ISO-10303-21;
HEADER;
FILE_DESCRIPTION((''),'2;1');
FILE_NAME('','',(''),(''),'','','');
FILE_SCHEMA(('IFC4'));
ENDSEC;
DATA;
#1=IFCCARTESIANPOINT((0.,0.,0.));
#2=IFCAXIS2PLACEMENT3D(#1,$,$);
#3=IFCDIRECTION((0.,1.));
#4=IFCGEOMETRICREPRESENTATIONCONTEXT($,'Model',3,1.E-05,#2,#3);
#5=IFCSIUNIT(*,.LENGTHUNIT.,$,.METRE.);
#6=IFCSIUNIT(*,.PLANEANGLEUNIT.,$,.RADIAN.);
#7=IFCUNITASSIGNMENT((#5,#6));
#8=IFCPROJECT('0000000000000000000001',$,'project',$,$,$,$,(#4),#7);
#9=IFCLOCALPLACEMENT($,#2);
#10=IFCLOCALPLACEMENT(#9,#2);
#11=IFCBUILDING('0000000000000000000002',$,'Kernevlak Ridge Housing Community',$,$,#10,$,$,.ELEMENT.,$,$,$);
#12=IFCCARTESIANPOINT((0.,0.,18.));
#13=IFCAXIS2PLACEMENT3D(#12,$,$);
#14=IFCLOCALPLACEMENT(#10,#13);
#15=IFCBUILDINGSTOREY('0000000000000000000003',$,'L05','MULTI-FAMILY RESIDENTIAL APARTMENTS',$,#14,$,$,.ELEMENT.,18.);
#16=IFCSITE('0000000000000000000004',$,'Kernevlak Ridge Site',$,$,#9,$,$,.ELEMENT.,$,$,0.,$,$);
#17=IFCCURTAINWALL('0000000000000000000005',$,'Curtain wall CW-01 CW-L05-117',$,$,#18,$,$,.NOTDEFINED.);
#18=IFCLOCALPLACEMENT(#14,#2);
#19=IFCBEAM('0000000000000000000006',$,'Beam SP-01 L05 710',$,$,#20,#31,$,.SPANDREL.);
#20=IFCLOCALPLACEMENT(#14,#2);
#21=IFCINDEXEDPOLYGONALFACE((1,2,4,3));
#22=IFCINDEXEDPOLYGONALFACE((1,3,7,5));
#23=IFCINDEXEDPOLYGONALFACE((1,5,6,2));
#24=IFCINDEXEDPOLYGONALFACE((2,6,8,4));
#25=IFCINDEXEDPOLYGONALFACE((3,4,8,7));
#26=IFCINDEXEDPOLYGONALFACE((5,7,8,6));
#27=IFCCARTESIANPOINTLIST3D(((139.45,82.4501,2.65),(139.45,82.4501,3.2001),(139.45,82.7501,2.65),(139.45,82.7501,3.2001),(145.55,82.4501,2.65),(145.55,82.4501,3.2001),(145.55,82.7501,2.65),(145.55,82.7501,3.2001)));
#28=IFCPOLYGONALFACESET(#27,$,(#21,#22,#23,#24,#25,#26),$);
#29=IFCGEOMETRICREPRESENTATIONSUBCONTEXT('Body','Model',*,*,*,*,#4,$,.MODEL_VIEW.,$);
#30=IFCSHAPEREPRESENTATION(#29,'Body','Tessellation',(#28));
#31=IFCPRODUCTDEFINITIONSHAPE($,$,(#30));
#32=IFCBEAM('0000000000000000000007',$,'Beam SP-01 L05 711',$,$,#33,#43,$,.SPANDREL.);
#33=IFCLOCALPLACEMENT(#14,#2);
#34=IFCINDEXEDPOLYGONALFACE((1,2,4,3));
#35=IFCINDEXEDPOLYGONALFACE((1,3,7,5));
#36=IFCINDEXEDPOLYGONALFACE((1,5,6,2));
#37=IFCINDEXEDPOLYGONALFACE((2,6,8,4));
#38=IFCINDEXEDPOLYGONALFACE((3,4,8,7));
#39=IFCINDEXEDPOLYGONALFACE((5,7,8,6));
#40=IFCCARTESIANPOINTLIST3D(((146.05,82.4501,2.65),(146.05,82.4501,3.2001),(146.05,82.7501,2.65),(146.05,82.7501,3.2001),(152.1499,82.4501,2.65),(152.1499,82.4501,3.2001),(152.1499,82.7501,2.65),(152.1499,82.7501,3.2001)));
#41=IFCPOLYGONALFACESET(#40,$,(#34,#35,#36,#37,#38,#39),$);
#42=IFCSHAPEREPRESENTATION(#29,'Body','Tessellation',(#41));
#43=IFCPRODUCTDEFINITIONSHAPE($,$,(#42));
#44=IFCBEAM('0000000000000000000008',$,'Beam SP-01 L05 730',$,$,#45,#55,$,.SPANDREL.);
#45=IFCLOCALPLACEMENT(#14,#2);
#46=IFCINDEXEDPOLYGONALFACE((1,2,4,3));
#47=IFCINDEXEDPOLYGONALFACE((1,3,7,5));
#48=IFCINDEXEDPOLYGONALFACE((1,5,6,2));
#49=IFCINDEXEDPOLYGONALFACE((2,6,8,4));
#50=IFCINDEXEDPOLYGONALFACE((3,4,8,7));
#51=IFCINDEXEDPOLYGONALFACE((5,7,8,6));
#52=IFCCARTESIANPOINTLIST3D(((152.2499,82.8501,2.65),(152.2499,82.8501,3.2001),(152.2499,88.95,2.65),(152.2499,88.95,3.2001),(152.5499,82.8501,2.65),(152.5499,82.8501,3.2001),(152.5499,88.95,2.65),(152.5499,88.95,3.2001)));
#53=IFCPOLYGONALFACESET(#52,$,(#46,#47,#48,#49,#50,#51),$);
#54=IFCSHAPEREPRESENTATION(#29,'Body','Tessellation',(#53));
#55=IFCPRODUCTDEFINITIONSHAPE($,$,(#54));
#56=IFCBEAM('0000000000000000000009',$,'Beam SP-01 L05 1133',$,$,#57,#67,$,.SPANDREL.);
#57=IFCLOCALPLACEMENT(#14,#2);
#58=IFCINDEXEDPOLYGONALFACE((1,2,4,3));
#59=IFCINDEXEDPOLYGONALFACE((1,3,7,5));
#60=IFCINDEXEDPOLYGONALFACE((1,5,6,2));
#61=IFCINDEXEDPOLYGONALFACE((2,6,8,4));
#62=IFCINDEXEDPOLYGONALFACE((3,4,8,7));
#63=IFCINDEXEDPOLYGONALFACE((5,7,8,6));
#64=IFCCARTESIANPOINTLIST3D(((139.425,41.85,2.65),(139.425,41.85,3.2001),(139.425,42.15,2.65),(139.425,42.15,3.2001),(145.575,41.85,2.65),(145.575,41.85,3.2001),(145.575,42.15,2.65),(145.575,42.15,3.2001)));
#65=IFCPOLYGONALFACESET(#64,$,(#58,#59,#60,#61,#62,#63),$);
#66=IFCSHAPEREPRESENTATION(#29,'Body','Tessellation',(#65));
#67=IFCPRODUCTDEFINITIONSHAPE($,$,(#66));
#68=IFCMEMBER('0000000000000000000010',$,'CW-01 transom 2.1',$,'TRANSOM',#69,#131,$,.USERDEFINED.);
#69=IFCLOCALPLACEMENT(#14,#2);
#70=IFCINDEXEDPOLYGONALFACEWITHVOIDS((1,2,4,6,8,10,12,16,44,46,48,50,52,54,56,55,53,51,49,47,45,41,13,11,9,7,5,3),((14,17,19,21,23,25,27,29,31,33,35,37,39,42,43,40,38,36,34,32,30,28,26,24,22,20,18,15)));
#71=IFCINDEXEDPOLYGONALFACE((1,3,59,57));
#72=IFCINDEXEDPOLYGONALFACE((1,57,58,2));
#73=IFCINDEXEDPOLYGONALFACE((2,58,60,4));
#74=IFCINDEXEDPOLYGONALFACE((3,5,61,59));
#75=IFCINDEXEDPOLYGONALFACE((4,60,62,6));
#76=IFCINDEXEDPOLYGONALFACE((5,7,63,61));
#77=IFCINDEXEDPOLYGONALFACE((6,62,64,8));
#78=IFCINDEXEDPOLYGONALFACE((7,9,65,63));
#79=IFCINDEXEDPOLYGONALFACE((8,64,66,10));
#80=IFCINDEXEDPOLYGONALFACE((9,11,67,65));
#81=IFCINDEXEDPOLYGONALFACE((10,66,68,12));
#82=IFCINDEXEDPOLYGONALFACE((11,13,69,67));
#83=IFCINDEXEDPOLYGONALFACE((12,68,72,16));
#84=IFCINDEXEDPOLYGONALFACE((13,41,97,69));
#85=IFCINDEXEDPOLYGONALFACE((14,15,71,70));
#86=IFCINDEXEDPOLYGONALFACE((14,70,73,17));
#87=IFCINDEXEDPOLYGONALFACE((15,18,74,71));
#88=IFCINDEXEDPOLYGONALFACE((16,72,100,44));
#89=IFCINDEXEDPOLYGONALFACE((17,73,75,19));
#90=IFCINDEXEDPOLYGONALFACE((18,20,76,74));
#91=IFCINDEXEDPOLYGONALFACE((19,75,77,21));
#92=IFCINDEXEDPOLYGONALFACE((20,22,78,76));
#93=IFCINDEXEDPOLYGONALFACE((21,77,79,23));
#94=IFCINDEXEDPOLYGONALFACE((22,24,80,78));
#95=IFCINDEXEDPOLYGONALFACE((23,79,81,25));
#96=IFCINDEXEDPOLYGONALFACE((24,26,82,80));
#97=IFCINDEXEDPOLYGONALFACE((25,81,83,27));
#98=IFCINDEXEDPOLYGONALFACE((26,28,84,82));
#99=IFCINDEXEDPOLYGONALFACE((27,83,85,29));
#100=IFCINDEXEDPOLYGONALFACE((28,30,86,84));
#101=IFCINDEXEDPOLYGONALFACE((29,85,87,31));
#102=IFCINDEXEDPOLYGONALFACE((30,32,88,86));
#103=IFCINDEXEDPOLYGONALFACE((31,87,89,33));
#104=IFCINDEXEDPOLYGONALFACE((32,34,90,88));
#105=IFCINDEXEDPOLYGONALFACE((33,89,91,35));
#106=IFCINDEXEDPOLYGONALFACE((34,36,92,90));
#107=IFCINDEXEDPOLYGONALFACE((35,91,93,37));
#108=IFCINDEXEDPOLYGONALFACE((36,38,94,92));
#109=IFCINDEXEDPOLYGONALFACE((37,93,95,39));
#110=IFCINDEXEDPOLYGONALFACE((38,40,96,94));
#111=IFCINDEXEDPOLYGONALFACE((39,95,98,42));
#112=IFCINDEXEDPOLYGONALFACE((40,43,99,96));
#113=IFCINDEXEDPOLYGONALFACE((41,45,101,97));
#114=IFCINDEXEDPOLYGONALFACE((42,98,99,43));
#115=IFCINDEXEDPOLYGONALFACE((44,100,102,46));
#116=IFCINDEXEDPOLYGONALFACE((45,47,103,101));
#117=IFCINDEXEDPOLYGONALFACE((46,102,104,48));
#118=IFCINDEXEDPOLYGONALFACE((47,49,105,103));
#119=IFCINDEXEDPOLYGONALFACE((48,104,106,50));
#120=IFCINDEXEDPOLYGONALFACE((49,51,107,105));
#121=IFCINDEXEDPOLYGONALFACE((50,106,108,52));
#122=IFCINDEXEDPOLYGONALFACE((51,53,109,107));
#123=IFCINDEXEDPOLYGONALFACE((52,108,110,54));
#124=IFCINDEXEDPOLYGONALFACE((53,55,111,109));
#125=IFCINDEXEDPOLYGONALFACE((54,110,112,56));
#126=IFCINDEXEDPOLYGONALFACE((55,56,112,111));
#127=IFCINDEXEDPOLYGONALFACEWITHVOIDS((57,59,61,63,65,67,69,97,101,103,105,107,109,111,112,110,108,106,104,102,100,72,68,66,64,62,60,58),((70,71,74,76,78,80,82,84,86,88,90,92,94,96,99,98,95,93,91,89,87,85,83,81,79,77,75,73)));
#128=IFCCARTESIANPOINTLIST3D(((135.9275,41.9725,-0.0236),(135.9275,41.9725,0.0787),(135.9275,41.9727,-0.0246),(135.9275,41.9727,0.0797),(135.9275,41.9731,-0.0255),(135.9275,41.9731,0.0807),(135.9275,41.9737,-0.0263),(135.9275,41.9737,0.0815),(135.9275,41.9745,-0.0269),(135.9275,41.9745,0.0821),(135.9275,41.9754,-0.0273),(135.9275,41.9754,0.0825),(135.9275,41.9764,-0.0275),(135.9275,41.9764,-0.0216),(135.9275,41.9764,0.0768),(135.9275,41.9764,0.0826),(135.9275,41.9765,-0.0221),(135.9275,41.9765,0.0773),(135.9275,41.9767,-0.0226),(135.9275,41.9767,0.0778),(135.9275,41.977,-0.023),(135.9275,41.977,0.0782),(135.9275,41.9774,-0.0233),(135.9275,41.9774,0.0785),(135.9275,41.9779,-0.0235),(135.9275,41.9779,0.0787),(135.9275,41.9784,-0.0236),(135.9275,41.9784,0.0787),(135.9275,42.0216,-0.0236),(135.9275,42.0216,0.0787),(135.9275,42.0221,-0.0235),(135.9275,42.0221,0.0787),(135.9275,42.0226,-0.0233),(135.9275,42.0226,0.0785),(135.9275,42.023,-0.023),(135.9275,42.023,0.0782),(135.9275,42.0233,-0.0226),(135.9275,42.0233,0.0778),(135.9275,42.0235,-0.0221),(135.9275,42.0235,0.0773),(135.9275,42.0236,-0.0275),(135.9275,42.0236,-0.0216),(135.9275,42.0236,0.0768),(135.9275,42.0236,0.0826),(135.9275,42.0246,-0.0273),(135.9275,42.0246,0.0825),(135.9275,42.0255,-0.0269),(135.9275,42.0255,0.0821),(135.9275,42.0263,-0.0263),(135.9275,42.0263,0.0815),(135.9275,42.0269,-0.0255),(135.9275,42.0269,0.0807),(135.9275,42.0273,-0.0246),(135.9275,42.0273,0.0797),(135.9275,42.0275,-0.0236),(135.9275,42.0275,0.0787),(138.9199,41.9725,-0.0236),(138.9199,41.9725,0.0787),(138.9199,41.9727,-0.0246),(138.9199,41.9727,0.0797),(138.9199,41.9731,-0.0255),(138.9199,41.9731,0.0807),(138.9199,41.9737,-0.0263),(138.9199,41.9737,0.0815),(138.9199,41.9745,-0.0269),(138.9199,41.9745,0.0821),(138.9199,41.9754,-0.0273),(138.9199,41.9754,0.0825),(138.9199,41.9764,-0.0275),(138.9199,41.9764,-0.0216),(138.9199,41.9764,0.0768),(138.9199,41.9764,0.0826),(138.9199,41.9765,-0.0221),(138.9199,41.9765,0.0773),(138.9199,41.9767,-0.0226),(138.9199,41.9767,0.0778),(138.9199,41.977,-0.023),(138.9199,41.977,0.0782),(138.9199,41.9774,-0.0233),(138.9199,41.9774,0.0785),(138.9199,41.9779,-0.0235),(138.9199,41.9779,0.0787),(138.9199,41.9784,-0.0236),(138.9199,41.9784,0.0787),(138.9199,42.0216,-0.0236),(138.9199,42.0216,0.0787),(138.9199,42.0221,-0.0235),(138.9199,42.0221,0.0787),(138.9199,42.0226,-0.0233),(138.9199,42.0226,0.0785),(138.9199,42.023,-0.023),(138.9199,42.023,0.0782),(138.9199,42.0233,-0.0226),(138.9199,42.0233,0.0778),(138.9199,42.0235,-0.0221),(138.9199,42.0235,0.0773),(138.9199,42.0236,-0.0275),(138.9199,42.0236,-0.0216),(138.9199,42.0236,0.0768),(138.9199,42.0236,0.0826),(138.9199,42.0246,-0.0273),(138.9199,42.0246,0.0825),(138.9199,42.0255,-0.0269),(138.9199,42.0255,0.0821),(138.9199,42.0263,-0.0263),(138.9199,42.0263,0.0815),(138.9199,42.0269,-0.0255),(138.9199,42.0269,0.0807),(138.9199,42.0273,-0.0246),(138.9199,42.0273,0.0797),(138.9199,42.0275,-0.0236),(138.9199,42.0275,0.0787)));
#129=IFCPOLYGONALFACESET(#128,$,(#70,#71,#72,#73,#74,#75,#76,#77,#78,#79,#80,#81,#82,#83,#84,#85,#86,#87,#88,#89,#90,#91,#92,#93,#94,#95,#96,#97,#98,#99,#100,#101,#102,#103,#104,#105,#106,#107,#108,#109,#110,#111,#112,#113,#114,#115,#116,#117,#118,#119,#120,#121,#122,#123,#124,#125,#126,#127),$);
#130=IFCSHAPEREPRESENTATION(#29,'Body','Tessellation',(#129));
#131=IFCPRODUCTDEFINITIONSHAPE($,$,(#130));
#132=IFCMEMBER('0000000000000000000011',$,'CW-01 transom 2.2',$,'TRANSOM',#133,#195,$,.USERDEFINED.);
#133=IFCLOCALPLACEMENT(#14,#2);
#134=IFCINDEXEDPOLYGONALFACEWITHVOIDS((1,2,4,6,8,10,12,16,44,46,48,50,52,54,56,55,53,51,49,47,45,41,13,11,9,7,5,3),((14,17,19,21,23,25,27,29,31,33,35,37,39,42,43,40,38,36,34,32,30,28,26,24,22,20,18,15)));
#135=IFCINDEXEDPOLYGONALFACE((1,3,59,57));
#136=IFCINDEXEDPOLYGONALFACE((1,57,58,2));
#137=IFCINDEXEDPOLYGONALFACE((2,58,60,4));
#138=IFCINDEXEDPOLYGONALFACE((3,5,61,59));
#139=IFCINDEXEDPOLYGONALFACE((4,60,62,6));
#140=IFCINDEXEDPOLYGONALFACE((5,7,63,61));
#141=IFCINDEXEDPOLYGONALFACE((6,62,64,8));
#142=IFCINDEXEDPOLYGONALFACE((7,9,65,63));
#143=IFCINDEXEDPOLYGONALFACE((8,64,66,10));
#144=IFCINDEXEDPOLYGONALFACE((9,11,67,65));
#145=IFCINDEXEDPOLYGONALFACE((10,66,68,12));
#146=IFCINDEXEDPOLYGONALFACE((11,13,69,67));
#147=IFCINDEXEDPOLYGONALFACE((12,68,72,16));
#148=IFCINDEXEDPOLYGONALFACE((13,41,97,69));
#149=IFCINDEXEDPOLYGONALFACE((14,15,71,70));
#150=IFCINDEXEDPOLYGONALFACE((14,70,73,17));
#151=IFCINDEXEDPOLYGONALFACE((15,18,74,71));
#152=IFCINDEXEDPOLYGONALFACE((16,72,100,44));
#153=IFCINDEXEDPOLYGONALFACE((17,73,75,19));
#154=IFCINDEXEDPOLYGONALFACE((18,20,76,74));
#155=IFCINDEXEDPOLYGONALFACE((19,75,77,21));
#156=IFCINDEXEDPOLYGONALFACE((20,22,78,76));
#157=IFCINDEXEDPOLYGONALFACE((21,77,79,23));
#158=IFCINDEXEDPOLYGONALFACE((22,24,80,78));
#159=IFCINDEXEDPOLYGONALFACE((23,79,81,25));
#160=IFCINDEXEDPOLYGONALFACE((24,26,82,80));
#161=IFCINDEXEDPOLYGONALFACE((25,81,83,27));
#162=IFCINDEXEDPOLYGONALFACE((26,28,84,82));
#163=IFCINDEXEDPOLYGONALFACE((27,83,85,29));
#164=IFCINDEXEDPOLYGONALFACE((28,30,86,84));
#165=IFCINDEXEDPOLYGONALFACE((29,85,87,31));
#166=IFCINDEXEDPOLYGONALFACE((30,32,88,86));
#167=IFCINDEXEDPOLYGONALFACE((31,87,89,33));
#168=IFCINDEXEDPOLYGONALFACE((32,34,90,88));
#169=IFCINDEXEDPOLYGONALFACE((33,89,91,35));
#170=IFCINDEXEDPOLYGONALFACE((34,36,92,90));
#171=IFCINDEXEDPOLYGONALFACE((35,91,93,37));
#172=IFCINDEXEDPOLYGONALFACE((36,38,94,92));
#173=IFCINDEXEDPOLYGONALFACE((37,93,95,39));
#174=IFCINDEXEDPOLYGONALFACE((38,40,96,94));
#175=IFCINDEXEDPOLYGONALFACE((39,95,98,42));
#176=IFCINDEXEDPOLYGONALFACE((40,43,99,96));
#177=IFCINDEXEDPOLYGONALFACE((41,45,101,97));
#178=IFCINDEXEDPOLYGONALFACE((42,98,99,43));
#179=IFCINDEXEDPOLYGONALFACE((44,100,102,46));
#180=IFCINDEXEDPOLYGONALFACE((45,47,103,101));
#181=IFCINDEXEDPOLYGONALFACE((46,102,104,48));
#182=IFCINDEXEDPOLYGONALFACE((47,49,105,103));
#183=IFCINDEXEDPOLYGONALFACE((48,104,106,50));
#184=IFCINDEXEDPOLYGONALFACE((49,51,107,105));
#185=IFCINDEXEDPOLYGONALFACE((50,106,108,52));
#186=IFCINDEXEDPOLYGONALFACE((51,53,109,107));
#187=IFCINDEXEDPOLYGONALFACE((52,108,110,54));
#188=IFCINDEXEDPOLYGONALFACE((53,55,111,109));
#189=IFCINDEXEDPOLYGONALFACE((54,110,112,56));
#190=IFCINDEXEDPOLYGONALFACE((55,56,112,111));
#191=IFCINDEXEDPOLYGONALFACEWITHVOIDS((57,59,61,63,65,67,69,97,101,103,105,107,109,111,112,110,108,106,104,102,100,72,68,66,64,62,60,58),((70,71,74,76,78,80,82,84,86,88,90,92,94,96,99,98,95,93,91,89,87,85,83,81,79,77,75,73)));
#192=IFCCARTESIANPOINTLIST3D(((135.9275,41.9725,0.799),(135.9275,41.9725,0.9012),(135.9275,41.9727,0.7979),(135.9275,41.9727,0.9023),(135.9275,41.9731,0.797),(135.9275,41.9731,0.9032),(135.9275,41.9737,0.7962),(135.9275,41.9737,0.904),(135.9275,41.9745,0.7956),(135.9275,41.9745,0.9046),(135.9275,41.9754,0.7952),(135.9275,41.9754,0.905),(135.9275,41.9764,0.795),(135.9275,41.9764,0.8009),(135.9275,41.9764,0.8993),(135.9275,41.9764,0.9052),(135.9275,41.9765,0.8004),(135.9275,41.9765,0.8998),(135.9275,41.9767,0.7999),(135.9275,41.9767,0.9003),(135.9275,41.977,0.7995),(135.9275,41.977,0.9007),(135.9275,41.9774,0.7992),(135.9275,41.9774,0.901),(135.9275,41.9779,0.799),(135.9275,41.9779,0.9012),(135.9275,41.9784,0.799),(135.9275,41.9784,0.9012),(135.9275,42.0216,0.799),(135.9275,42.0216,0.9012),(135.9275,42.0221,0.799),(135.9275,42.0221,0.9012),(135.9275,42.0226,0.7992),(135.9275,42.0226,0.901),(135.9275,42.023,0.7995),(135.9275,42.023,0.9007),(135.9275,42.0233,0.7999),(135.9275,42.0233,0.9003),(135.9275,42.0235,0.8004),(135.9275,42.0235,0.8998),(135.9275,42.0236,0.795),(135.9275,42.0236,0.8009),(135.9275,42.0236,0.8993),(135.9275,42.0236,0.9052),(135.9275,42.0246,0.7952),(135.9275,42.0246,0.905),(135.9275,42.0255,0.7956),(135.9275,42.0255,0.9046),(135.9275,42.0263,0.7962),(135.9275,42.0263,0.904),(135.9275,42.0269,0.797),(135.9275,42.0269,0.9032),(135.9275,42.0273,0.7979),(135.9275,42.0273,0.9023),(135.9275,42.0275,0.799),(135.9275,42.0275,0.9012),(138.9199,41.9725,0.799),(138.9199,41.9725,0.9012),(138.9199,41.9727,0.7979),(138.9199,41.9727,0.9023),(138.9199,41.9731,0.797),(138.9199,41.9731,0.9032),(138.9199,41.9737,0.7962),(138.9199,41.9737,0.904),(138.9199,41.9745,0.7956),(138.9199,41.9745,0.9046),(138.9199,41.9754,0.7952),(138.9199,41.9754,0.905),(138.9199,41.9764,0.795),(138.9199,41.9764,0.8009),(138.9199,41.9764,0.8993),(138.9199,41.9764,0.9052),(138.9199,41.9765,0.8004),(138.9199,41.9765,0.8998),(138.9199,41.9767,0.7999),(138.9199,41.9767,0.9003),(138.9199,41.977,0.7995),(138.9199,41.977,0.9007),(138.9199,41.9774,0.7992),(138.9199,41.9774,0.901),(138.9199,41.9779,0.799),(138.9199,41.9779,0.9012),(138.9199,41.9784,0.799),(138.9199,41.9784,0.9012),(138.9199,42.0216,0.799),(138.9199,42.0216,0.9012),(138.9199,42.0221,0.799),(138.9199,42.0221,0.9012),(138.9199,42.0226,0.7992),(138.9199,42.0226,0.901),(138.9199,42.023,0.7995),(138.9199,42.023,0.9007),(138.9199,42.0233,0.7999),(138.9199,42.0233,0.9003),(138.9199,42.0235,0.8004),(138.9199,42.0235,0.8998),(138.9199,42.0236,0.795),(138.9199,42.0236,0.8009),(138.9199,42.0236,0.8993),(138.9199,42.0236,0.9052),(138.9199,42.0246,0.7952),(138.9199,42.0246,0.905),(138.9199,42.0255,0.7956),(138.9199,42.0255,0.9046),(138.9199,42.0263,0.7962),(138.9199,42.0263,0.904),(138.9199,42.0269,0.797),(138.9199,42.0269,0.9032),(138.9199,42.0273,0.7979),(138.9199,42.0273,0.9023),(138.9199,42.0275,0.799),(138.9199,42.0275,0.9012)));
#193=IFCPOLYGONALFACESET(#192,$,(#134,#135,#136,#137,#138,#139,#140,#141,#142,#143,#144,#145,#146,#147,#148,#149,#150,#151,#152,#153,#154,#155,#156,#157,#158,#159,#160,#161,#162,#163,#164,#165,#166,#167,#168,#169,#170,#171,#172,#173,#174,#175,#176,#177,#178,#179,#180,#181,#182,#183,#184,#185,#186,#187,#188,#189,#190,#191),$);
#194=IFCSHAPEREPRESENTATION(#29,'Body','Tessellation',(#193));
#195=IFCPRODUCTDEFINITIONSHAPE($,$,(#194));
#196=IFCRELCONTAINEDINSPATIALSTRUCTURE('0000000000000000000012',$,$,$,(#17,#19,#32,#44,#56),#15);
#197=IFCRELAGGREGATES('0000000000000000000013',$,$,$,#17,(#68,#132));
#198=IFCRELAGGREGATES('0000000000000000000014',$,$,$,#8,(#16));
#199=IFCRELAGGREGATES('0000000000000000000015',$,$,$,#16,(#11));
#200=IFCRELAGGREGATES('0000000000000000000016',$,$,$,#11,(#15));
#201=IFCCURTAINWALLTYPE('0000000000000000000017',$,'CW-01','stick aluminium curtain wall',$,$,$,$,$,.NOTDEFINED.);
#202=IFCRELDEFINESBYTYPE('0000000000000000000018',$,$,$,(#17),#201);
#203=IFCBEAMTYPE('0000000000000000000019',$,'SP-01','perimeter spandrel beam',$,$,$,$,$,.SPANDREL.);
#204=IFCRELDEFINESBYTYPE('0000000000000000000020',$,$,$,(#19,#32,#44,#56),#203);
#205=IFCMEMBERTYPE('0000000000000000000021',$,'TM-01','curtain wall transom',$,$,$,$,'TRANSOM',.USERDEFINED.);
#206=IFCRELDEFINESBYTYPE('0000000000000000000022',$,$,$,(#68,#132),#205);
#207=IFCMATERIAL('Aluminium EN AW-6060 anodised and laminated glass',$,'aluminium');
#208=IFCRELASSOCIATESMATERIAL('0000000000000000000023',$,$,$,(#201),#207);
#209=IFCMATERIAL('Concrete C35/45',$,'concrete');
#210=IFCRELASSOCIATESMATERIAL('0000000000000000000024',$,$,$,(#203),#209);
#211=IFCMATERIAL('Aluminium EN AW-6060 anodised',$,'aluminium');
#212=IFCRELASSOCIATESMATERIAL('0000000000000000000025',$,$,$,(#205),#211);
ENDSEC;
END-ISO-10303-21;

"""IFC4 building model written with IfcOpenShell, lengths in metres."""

from ifc_helpers import new_model, si_unit, direction, frame, origin, origin_2d, place, context, subcontext, project, spatial, rectangle, hollow_rectangle, extrude, material, material_profile, profile_set, type_object, element, aggregate, save


model = new_model("IFC4")

# Units and contexts
model_context = context("Model", 3, precision=1e-05, world=origin(), true_north=direction((0.0, 1.0)))
body_context = subcontext(model_context, "Body", "Model", "MODEL_VIEW")
ifc_project = project(units=[si_unit("LENGTHUNIT", "METRE"), si_unit("PLANEANGLEUNIT", "RADIAN")], contexts=[model_context])

# Site, building, storey
site_placement = place(None, origin())
site = spatial("IfcSite", under=ifc_project, at=site_placement, Name="Kernevlak Ridge Site", CompositionType="ELEMENT", RefElevation=0.0)
building_placement = place(site_placement, origin())
building = spatial("IfcBuilding", under=site, at=building_placement, Name="Kernevlak Ridge Housing Community", CompositionType="ELEMENT")
storey_placement = place(building_placement, frame((0.0, 0.0, 18.0)))
storey = spatial("IfcBuildingStorey", under=building, at=storey_placement, Name="L05", Description="MULTI-FAMILY RESIDENTIAL APARTMENTS", CompositionType="ELEMENT", Elevation=18.0)

# Shared definitions
ifc_material_1 = material(Name="Concrete C35/45", Category="concrete")

# Curtain wall
ifc_material_2 = material(Name="Aluminium EN AW-6060 anodised and laminated glass", Category="aluminium")
curtain_wall_type = type_object("IfcCurtainWallType", Name="CW-01", Description="stick aluminium curtain wall", PredefinedType="NOTDEFINED", material=ifc_material_2)
curtain_wall_placement = place(storey_placement, origin())
curtain_wall = element("IfcCurtainWall", 1, at=curtain_wall_placement, inside=storey, type_object=curtain_wall_type, Name="Curtain wall CW-01 CW-L05-117", PredefinedType="NOTDEFINED")
ifc_material_3 = material(Name="Aluminium EN AW-6060 anodised", Category="aluminium")

# Beams
ifc_material_profile_1 = material_profile(ifc_material_1, rectangle(XDim=0.3, YDim=0.55, at=origin_2d()), Name="RC 300x550")
ifc_profile_set_1 = profile_set([ifc_material_profile_1], Name="Concrete C35/45")
beam_type = type_object("IfcBeamType", Name="SP-01", Description="perimeter spandrel beam", PredefinedType="SPANDREL", material=ifc_profile_set_1)
beam_1_placement = place(storey_placement, frame((139.45, 82.6001, 2.925), z_axis=(1.0, 0.0, 0.0), x_axis=(0.0, 1.0, 0.0)))
element("IfcBeam", 2, at=beam_1_placement, inside=storey, type_object=beam_type, Name="Beam SP-01 L05 710", PredefinedType="SPANDREL", context=body_context, shape_type="SweptSolid", body=[
    extrude(rectangle(XDim=0.3, YDim=0.55, at=origin_2d()), origin(), (0.0, 0.0, 1.0), 6.1001),
])
for number, where, z_axis, x_axis, name in (
    (3, (146.05, 82.6001, 2.925), (1.0, 0.0, 0.0), (0.0, 1.0, 0.0), "Beam SP-01 L05 711"),
    (4, (152.3999, 82.8501, 2.925), (0.0, 1.0, 0.0), (-1.0, 0.0, 0.0), "Beam SP-01 L05 730"),
):
    element("IfcBeam", number, at=place(storey_placement, frame(where, z_axis=z_axis, x_axis=x_axis)), inside=storey, type_object=beam_type, Name=name, PredefinedType="SPANDREL", context=body_context, shape_type="SweptSolid", body=[
        extrude(rectangle(XDim=0.3, YDim=0.55, at=origin_2d()), origin(), (0.0, 0.0, 1.0), 6.0999),
    ])
beam_2_placement = place(storey_placement, frame((139.425, 42.0, 2.925), z_axis=(1.0, 0.0, 0.0), x_axis=(0.0, 1.0, 0.0)))
element("IfcBeam", 5, at=beam_2_placement, inside=storey, type_object=beam_type, Name="Beam SP-01 L05 1133", PredefinedType="SPANDREL", context=body_context, shape_type="SweptSolid", body=[
    extrude(rectangle(XDim=0.3, YDim=0.55, at=origin_2d()), origin(), (0.0, 0.0, 1.0), 6.1499),
])

# Members
ifc_material_profile_2 = material_profile(ifc_material_3, hollow_rectangle(XDim=0.0549, YDim=0.1101, WallThickness=0.0039, InnerFilletRadius=0.002, OuterFilletRadius=0.0039, at=origin_2d()), Name="ALU 55x110x4")
ifc_profile_set_2 = profile_set([ifc_material_profile_2], Name="Aluminium EN AW-6060 anodised")
member_type_1 = type_object("IfcMemberType", Name="TM-01", Description="curtain wall transom", ElementType="TRANSOM", PredefinedType="USERDEFINED", material=ifc_profile_set_2)
member_1_placement = place(storey_placement, frame((135.9275, 42.0, 0.0276), z_axis=(1.0, 0.0, 0.0), x_axis=(0.0, 1.0, 0.0)))
member_1 = element("IfcMember", 6, at=member_1_placement, type_object=member_type_1, Name="CW-01 transom 2.1", ObjectType="TRANSOM", PredefinedType="USERDEFINED", context=body_context, shape_type="SweptSolid", body=[
    extrude(hollow_rectangle(XDim=0.0549, YDim=0.1101, WallThickness=0.0039, InnerFilletRadius=0.002, OuterFilletRadius=0.0039, at=origin_2d()), origin(), (0.0, 0.0, 1.0), 2.9924),
])
member_2_placement = place(storey_placement, frame((135.9275, 42.0, 0.8501), z_axis=(1.0, 0.0, 0.0), x_axis=(0.0, 1.0, 0.0)))
member_2 = element("IfcMember", 7, at=member_2_placement, type_object=member_type_1, Name="CW-01 transom 2.2", ObjectType="TRANSOM", PredefinedType="USERDEFINED", context=body_context, shape_type="SweptSolid", body=[
    extrude(hollow_rectangle(XDim=0.0549, YDim=0.1101, WallThickness=0.0039, InnerFilletRadius=0.002, OuterFilletRadius=0.0039, at=origin_2d()), origin(), (0.0, 0.0, 1.0), 2.9924),
])

aggregate(curtain_wall, [member_1, member_2])

save(model, "model.ifc")
